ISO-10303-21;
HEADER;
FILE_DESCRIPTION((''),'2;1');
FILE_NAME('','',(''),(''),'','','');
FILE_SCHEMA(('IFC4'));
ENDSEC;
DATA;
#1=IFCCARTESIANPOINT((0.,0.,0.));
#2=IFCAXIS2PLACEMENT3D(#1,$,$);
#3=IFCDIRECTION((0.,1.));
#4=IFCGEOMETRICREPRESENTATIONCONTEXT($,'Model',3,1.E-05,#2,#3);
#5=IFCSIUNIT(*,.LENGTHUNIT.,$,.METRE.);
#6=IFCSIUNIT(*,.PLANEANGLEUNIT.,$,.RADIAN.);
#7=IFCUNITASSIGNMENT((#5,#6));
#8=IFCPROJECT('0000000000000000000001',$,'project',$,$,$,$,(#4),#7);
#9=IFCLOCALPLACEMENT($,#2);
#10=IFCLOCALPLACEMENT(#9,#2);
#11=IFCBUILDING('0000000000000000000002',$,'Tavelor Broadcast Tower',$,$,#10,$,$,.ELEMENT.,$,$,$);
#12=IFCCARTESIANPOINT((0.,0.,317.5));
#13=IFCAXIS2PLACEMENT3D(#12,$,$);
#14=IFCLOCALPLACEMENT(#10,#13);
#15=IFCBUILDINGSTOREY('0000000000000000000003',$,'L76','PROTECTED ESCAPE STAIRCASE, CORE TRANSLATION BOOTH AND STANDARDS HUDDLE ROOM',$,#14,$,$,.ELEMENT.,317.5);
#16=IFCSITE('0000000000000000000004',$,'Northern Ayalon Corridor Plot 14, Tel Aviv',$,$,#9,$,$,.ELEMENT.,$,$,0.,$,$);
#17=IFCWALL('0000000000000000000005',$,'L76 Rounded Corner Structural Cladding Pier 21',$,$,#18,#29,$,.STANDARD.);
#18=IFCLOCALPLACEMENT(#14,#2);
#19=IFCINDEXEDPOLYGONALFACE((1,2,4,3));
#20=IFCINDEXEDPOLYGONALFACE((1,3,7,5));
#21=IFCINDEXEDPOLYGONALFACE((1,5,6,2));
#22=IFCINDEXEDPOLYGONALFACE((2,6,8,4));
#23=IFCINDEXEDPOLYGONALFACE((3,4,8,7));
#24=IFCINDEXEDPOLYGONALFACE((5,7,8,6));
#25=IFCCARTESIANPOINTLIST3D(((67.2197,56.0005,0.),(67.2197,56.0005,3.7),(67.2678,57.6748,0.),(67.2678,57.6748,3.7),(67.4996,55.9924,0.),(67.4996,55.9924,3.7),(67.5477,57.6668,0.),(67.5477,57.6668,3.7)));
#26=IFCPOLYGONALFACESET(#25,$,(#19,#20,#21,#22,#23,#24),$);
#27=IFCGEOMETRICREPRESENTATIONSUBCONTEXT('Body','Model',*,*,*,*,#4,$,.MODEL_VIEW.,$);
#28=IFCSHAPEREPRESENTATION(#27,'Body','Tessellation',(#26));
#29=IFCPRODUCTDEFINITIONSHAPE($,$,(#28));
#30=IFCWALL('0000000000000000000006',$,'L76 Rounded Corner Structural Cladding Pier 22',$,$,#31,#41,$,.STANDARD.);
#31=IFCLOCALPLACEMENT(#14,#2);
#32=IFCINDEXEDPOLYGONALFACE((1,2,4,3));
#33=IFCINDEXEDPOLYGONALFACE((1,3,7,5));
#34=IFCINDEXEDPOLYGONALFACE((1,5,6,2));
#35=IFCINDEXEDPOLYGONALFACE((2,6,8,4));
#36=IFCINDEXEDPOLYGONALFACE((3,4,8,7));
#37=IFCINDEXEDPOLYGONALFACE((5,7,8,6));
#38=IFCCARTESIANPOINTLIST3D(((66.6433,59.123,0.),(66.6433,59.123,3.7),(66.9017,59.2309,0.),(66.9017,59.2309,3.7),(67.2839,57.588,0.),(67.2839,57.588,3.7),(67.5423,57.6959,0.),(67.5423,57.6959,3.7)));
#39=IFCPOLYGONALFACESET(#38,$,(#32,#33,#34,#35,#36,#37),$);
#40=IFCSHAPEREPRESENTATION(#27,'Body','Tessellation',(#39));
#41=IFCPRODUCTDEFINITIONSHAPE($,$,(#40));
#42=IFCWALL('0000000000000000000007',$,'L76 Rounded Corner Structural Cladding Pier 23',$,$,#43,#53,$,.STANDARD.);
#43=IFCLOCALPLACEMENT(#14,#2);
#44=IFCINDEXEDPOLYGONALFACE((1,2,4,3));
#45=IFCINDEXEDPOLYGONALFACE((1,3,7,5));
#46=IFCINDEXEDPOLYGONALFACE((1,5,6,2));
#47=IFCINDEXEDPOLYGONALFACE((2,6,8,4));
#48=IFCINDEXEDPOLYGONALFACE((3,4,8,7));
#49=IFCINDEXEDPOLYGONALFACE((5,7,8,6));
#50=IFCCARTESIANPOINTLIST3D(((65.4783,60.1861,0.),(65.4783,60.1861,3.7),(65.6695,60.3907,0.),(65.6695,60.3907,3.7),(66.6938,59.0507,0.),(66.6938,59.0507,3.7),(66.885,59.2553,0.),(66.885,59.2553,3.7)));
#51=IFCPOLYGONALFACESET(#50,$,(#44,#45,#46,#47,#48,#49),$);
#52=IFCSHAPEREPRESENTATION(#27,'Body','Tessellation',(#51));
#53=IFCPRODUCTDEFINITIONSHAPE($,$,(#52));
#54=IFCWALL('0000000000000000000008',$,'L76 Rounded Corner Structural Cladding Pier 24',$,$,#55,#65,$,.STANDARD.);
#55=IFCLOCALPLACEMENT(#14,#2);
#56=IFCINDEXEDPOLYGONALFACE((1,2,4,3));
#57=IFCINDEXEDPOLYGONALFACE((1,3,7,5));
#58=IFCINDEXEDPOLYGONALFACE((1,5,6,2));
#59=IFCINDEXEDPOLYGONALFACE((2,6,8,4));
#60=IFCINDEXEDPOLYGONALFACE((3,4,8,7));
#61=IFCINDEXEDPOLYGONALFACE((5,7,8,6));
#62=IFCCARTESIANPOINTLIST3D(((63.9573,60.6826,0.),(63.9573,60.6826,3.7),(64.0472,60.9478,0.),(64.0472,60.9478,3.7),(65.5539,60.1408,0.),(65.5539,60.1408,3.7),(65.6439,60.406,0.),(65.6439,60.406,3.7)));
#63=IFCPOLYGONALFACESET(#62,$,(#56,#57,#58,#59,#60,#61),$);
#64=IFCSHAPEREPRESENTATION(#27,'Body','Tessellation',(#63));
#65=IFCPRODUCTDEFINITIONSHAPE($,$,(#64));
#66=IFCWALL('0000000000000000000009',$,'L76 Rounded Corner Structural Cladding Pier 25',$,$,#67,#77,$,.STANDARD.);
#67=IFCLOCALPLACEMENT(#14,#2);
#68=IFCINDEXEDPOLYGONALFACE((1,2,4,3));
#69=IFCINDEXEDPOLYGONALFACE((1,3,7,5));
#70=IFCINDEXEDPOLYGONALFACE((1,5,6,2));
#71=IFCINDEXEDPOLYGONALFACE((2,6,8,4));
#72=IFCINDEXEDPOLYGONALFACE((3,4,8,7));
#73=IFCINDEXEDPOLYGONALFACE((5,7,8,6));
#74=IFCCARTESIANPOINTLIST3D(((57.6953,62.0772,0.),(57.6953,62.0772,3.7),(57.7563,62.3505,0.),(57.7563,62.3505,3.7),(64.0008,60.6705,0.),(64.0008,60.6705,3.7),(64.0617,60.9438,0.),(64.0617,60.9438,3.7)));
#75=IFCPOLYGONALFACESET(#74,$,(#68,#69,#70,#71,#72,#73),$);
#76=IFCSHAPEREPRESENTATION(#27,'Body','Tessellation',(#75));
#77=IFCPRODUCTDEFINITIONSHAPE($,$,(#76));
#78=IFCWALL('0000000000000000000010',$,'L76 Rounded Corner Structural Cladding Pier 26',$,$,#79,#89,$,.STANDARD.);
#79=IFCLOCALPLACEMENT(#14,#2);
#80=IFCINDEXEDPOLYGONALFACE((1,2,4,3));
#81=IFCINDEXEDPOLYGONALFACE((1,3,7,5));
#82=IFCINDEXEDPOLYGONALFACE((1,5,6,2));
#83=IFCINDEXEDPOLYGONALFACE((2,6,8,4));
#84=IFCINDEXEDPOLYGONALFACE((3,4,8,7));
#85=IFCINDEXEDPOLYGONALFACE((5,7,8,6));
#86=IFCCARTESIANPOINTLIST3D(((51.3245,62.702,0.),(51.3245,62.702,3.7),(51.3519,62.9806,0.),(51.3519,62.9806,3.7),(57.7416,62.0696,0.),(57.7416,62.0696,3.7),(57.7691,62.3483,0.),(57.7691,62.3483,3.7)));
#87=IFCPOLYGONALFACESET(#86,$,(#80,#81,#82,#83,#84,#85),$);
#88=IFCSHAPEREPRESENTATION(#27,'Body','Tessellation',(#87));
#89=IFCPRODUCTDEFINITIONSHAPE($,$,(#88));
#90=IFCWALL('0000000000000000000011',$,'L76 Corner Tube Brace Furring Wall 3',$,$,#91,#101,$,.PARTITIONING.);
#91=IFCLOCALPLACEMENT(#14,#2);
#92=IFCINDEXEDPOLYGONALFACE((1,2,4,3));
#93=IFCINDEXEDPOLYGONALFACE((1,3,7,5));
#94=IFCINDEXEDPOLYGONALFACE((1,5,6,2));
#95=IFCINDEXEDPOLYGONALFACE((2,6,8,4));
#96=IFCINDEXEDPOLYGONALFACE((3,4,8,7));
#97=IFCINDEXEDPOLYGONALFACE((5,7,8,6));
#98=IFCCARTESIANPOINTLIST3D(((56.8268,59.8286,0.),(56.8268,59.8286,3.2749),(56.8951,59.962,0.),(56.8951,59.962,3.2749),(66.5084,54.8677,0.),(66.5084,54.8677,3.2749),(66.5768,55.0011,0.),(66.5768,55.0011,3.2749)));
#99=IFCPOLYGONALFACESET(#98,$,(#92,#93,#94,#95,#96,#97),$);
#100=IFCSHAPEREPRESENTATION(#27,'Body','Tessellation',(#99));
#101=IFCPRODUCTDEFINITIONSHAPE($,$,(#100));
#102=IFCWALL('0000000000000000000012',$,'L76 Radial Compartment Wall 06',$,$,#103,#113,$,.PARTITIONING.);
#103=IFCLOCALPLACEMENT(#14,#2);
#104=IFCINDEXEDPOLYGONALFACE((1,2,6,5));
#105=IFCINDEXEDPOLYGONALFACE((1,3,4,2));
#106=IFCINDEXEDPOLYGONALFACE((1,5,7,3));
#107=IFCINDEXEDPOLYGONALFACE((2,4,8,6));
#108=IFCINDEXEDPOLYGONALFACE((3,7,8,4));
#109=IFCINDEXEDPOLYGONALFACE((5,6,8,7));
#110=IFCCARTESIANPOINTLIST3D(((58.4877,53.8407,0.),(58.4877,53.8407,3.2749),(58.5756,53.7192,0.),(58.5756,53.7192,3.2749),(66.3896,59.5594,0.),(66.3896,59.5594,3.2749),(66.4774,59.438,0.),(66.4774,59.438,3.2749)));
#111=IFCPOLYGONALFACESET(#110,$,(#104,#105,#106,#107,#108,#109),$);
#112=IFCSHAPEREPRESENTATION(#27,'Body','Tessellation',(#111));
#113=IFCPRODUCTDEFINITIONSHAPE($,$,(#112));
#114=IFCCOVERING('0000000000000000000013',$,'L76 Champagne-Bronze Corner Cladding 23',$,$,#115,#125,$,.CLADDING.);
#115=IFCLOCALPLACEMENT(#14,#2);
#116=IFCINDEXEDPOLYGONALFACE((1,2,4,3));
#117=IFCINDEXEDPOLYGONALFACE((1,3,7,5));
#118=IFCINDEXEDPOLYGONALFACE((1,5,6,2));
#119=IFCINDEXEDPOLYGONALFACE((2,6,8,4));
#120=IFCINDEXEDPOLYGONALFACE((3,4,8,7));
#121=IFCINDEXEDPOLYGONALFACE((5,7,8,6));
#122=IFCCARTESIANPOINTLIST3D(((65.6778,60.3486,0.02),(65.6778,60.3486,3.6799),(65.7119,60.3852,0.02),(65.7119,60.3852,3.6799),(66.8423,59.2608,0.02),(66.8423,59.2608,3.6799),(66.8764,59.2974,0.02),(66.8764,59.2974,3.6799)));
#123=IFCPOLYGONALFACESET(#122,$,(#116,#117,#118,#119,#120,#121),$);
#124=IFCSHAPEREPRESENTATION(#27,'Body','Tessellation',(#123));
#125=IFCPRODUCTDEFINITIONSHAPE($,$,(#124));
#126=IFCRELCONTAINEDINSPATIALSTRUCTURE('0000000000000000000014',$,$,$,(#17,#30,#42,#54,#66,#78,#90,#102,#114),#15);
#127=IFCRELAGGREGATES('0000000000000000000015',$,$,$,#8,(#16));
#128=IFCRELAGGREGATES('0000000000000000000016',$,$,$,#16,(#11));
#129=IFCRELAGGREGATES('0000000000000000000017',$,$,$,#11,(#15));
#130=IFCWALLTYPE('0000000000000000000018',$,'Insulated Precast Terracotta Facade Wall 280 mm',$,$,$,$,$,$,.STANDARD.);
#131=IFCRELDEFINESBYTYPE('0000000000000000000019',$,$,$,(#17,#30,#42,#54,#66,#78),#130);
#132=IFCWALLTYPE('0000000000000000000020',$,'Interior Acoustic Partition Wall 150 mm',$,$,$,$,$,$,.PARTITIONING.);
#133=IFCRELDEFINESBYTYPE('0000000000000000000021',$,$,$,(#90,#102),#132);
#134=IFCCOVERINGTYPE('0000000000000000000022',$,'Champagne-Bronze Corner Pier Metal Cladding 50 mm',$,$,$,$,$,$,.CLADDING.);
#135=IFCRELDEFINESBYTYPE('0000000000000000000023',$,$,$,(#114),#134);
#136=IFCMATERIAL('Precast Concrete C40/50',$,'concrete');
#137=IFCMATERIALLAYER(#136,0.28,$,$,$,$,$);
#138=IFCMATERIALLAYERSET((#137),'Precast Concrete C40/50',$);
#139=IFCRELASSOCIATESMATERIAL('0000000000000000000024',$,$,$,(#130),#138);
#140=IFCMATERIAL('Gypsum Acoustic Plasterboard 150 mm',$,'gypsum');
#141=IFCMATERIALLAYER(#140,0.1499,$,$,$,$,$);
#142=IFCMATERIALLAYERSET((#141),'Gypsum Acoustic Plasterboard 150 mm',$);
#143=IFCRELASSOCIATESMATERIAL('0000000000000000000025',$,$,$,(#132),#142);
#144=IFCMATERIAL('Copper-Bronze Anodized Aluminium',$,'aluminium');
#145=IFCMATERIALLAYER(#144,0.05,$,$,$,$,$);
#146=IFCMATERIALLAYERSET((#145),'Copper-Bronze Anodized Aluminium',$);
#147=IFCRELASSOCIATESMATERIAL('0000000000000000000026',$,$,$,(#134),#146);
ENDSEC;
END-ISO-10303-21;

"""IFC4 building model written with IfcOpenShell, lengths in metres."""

from ifc_helpers import new_model, si_unit, direction, frame, frame_2d, origin, origin_2d, place, context, subcontext, project, spatial, rectangle, extrude, material, layer, layer_set, type_object, element, save


model = new_model("IFC4")

# Units and contexts
model_context = context("Model", 3, precision=1e-05, world=origin(), true_north=direction((0.0, 1.0)))
body_context = subcontext(model_context, "Body", "Model", "MODEL_VIEW")
ifc_project = project(units=[si_unit("LENGTHUNIT", "METRE"), si_unit("PLANEANGLEUNIT", "RADIAN")], contexts=[model_context])

# Site, building, storey
site_placement = place(None, origin())
site = spatial("IfcSite", under=ifc_project, at=site_placement, Name="Northern Ayalon Corridor Plot 14, Tel Aviv", CompositionType="ELEMENT", RefElevation=0.0)
building_placement = place(site_placement, origin())
building = spatial("IfcBuilding", under=site, at=building_placement, Name="Tavelor Broadcast Tower", CompositionType="ELEMENT")
storey_placement = place(building_placement, frame((0.0, 0.0, 317.5)))
storey = spatial("IfcBuildingStorey", under=building, at=storey_placement, Name="L76", Description="PROTECTED ESCAPE STAIRCASE, CORE TRANSLATION BOOTH AND STANDARDS HUDDLE ROOM", CompositionType="ELEMENT", Elevation=317.5)

# Walls
ifc_material_1 = material(Name="Precast Concrete C40/50", Category="concrete")
ifc_layer_1 = layer(ifc_material_1, 0.28)
ifc_layer_set_1 = layer_set([ifc_layer_1], Name="Precast Concrete C40/50")
wall_type_1 = type_object("IfcWallType", Name="Insulated Precast Terracotta Facade Wall 280 mm", PredefinedType="STANDARD", material=ifc_layer_set_1)
wall_1_placement = place(storey_placement, frame((67.3596, 55.9966, 0.0), z_axis=(0.0, 0.0, 1.0), x_axis=(0.028714, 0.999588, 0.0)))
element("IfcWall", 1, at=wall_1_placement, inside=storey, type_object=wall_type_1, Name="L76 Rounded Corner Structural Cladding Pier 21", PredefinedType="STANDARD", context=body_context, shape_type="SweptSolid", body=[
    extrude(rectangle(XDim=1.675, YDim=0.28, at=frame_2d((0.8374, 0.0))), origin(), (0.0, 0.0, 1.0), 3.7),
])
for number, where, z_axis, x_axis, name in (
    (2, (67.4131, 57.6421, 0.0), (0.0, 0.0, 1.0), (-0.385168, 0.922847, 0.0), "L76 Rounded Corner Structural Cladding Pier 22"),
    (3, (66.7893, 59.1531, 0.0), (0.0, 0.0, 1.0), (-0.730767, 0.682627, 0.0), "L76 Rounded Corner Structural Cladding Pier 23"),
):
    element("IfcWall", number, at=place(storey_placement, frame(where, z_axis=z_axis, x_axis=x_axis)), inside=storey, type_object=wall_type_1, Name=name, PredefinedType="STANDARD", context=body_context, shape_type="SweptSolid", body=[
        extrude(rectangle(XDim=1.6633, YDim=0.28, at=frame_2d((0.8315, 0.0))), origin(), (0.0, 0.0, 1.0), 3.7),
    ])
wall_2_placement = place(storey_placement, frame((65.5989, 60.2734, 0.0), z_axis=(0.0, 0.0, 1.0), x_axis=(-0.946976, 0.321306, 0.0)))
element("IfcWall", 4, at=wall_2_placement, inside=storey, type_object=wall_type_1, Name="L76 Rounded Corner Structural Cladding Pier 24", PredefinedType="STANDARD", context=body_context, shape_type="SweptSolid", body=[
    extrude(rectangle(XDim=1.686, YDim=0.28, at=frame_2d((0.843, 0.0))), origin(), (0.0, 0.0, 1.0), 3.7),
])
wall_3_placement = place(storey_placement, frame((64.0312, 60.8071, 0.0), z_axis=(0.0, 0.0, 1.0), x_axis=(-0.976005, 0.217747, 0.0)))
element("IfcWall", 5, at=wall_3_placement, inside=storey, type_object=wall_type_1, Name="L76 Rounded Corner Structural Cladding Pier 25", PredefinedType="STANDARD", context=body_context, shape_type="SweptSolid", body=[
    extrude(rectangle(XDim=6.4604, YDim=0.28, at=frame_2d((3.2302, 0.0))), origin(), (0.0, 0.0, 1.0), 3.7),
])
wall_4_placement = place(storey_placement, frame((57.7554, 62.209, 0.0), z_axis=(0.0, 0.0, 1.0), x_axis=(-0.99518, 0.09806, 0.0)))
element("IfcWall", 6, at=wall_4_placement, inside=storey, type_object=wall_type_1, Name="L76 Rounded Corner Structural Cladding Pier 26", PredefinedType="STANDARD", context=body_context, shape_type="SweptSolid", body=[
    extrude(rectangle(XDim=6.4482, YDim=0.28, at=frame_2d((3.2241, 0.0))), origin(), (0.0, 0.0, 1.0), 3.7),
])
ifc_material_2 = material(Name="Gypsum Acoustic Plasterboard 150 mm", Category="gypsum")
ifc_layer_2 = layer(ifc_material_2, 0.1499)
ifc_layer_set_2 = layer_set([ifc_layer_2], Name="Gypsum Acoustic Plasterboard 150 mm")
wall_type_2 = type_object("IfcWallType", Name="Interior Acoustic Partition Wall 150 mm", PredefinedType="PARTITIONING", material=ifc_layer_set_2)
wall_5_placement = place(storey_placement, frame((66.5427, 54.9343, 0.0), z_axis=(0.0, 0.0, 1.0), x_axis=(-0.889967, 0.456025, 0.0)))
element("IfcWall", 7, at=wall_5_placement, inside=storey, type_object=wall_type_2, Name="L76 Corner Tube Brace Furring Wall 3", PredefinedType="PARTITIONING", context=body_context, shape_type="SweptSolid", body=[
    extrude(rectangle(XDim=10.8787, YDim=0.1499, at=frame_2d((5.4395, 0.0))), origin(), (0.0, 0.0, 1.0), 3.2749),
])
wall_6_placement = place(storey_placement, frame((58.5317, 53.78, 0.0), z_axis=(0.0, 0.0, 1.0), x_axis=(0.810102, 0.586289, 0.0)))
element("IfcWall", 8, at=wall_6_placement, inside=storey, type_object=wall_type_2, Name="L76 Radial Compartment Wall 06", PredefinedType="PARTITIONING", context=body_context, shape_type="SweptSolid", body=[
    extrude(rectangle(XDim=9.7542, YDim=0.1499, at=frame_2d((4.877, 0.0))), origin(), (0.0, 0.0, 1.0), 3.2749),
])

# Covering
ifc_material_3 = material(Name="Copper-Bronze Anodized Aluminium", Category="aluminium")
ifc_layer_3 = layer(ifc_material_3, 0.05)
ifc_layer_set_3 = layer_set([ifc_layer_3], Name="Copper-Bronze Anodized Aluminium")
covering_type = type_object("IfcCoveringType", Name="Champagne-Bronze Corner Pier Metal Cladding 50 mm", PredefinedType="CLADDING", material=ifc_layer_set_3)
covering_placement = place(storey_placement, frame((66.2771, 59.823, 0.02), z_axis=(0.0, 0.0, 1.0), x_axis=(-0.730758, 0.682636, 0.0)))
element("IfcCovering", 9, at=covering_placement, inside=storey, type_object=covering_type, Name="L76 Champagne-Bronze Corner Cladding 23", PredefinedType="CLADDING", context=body_context, shape_type="SweptSolid", body=[
    extrude(rectangle(XDim=1.5935, YDim=0.05, at=origin_2d()), origin(), (0.0, 0.0, 1.0), 3.6599),
])

save(model, "model.ifc")
